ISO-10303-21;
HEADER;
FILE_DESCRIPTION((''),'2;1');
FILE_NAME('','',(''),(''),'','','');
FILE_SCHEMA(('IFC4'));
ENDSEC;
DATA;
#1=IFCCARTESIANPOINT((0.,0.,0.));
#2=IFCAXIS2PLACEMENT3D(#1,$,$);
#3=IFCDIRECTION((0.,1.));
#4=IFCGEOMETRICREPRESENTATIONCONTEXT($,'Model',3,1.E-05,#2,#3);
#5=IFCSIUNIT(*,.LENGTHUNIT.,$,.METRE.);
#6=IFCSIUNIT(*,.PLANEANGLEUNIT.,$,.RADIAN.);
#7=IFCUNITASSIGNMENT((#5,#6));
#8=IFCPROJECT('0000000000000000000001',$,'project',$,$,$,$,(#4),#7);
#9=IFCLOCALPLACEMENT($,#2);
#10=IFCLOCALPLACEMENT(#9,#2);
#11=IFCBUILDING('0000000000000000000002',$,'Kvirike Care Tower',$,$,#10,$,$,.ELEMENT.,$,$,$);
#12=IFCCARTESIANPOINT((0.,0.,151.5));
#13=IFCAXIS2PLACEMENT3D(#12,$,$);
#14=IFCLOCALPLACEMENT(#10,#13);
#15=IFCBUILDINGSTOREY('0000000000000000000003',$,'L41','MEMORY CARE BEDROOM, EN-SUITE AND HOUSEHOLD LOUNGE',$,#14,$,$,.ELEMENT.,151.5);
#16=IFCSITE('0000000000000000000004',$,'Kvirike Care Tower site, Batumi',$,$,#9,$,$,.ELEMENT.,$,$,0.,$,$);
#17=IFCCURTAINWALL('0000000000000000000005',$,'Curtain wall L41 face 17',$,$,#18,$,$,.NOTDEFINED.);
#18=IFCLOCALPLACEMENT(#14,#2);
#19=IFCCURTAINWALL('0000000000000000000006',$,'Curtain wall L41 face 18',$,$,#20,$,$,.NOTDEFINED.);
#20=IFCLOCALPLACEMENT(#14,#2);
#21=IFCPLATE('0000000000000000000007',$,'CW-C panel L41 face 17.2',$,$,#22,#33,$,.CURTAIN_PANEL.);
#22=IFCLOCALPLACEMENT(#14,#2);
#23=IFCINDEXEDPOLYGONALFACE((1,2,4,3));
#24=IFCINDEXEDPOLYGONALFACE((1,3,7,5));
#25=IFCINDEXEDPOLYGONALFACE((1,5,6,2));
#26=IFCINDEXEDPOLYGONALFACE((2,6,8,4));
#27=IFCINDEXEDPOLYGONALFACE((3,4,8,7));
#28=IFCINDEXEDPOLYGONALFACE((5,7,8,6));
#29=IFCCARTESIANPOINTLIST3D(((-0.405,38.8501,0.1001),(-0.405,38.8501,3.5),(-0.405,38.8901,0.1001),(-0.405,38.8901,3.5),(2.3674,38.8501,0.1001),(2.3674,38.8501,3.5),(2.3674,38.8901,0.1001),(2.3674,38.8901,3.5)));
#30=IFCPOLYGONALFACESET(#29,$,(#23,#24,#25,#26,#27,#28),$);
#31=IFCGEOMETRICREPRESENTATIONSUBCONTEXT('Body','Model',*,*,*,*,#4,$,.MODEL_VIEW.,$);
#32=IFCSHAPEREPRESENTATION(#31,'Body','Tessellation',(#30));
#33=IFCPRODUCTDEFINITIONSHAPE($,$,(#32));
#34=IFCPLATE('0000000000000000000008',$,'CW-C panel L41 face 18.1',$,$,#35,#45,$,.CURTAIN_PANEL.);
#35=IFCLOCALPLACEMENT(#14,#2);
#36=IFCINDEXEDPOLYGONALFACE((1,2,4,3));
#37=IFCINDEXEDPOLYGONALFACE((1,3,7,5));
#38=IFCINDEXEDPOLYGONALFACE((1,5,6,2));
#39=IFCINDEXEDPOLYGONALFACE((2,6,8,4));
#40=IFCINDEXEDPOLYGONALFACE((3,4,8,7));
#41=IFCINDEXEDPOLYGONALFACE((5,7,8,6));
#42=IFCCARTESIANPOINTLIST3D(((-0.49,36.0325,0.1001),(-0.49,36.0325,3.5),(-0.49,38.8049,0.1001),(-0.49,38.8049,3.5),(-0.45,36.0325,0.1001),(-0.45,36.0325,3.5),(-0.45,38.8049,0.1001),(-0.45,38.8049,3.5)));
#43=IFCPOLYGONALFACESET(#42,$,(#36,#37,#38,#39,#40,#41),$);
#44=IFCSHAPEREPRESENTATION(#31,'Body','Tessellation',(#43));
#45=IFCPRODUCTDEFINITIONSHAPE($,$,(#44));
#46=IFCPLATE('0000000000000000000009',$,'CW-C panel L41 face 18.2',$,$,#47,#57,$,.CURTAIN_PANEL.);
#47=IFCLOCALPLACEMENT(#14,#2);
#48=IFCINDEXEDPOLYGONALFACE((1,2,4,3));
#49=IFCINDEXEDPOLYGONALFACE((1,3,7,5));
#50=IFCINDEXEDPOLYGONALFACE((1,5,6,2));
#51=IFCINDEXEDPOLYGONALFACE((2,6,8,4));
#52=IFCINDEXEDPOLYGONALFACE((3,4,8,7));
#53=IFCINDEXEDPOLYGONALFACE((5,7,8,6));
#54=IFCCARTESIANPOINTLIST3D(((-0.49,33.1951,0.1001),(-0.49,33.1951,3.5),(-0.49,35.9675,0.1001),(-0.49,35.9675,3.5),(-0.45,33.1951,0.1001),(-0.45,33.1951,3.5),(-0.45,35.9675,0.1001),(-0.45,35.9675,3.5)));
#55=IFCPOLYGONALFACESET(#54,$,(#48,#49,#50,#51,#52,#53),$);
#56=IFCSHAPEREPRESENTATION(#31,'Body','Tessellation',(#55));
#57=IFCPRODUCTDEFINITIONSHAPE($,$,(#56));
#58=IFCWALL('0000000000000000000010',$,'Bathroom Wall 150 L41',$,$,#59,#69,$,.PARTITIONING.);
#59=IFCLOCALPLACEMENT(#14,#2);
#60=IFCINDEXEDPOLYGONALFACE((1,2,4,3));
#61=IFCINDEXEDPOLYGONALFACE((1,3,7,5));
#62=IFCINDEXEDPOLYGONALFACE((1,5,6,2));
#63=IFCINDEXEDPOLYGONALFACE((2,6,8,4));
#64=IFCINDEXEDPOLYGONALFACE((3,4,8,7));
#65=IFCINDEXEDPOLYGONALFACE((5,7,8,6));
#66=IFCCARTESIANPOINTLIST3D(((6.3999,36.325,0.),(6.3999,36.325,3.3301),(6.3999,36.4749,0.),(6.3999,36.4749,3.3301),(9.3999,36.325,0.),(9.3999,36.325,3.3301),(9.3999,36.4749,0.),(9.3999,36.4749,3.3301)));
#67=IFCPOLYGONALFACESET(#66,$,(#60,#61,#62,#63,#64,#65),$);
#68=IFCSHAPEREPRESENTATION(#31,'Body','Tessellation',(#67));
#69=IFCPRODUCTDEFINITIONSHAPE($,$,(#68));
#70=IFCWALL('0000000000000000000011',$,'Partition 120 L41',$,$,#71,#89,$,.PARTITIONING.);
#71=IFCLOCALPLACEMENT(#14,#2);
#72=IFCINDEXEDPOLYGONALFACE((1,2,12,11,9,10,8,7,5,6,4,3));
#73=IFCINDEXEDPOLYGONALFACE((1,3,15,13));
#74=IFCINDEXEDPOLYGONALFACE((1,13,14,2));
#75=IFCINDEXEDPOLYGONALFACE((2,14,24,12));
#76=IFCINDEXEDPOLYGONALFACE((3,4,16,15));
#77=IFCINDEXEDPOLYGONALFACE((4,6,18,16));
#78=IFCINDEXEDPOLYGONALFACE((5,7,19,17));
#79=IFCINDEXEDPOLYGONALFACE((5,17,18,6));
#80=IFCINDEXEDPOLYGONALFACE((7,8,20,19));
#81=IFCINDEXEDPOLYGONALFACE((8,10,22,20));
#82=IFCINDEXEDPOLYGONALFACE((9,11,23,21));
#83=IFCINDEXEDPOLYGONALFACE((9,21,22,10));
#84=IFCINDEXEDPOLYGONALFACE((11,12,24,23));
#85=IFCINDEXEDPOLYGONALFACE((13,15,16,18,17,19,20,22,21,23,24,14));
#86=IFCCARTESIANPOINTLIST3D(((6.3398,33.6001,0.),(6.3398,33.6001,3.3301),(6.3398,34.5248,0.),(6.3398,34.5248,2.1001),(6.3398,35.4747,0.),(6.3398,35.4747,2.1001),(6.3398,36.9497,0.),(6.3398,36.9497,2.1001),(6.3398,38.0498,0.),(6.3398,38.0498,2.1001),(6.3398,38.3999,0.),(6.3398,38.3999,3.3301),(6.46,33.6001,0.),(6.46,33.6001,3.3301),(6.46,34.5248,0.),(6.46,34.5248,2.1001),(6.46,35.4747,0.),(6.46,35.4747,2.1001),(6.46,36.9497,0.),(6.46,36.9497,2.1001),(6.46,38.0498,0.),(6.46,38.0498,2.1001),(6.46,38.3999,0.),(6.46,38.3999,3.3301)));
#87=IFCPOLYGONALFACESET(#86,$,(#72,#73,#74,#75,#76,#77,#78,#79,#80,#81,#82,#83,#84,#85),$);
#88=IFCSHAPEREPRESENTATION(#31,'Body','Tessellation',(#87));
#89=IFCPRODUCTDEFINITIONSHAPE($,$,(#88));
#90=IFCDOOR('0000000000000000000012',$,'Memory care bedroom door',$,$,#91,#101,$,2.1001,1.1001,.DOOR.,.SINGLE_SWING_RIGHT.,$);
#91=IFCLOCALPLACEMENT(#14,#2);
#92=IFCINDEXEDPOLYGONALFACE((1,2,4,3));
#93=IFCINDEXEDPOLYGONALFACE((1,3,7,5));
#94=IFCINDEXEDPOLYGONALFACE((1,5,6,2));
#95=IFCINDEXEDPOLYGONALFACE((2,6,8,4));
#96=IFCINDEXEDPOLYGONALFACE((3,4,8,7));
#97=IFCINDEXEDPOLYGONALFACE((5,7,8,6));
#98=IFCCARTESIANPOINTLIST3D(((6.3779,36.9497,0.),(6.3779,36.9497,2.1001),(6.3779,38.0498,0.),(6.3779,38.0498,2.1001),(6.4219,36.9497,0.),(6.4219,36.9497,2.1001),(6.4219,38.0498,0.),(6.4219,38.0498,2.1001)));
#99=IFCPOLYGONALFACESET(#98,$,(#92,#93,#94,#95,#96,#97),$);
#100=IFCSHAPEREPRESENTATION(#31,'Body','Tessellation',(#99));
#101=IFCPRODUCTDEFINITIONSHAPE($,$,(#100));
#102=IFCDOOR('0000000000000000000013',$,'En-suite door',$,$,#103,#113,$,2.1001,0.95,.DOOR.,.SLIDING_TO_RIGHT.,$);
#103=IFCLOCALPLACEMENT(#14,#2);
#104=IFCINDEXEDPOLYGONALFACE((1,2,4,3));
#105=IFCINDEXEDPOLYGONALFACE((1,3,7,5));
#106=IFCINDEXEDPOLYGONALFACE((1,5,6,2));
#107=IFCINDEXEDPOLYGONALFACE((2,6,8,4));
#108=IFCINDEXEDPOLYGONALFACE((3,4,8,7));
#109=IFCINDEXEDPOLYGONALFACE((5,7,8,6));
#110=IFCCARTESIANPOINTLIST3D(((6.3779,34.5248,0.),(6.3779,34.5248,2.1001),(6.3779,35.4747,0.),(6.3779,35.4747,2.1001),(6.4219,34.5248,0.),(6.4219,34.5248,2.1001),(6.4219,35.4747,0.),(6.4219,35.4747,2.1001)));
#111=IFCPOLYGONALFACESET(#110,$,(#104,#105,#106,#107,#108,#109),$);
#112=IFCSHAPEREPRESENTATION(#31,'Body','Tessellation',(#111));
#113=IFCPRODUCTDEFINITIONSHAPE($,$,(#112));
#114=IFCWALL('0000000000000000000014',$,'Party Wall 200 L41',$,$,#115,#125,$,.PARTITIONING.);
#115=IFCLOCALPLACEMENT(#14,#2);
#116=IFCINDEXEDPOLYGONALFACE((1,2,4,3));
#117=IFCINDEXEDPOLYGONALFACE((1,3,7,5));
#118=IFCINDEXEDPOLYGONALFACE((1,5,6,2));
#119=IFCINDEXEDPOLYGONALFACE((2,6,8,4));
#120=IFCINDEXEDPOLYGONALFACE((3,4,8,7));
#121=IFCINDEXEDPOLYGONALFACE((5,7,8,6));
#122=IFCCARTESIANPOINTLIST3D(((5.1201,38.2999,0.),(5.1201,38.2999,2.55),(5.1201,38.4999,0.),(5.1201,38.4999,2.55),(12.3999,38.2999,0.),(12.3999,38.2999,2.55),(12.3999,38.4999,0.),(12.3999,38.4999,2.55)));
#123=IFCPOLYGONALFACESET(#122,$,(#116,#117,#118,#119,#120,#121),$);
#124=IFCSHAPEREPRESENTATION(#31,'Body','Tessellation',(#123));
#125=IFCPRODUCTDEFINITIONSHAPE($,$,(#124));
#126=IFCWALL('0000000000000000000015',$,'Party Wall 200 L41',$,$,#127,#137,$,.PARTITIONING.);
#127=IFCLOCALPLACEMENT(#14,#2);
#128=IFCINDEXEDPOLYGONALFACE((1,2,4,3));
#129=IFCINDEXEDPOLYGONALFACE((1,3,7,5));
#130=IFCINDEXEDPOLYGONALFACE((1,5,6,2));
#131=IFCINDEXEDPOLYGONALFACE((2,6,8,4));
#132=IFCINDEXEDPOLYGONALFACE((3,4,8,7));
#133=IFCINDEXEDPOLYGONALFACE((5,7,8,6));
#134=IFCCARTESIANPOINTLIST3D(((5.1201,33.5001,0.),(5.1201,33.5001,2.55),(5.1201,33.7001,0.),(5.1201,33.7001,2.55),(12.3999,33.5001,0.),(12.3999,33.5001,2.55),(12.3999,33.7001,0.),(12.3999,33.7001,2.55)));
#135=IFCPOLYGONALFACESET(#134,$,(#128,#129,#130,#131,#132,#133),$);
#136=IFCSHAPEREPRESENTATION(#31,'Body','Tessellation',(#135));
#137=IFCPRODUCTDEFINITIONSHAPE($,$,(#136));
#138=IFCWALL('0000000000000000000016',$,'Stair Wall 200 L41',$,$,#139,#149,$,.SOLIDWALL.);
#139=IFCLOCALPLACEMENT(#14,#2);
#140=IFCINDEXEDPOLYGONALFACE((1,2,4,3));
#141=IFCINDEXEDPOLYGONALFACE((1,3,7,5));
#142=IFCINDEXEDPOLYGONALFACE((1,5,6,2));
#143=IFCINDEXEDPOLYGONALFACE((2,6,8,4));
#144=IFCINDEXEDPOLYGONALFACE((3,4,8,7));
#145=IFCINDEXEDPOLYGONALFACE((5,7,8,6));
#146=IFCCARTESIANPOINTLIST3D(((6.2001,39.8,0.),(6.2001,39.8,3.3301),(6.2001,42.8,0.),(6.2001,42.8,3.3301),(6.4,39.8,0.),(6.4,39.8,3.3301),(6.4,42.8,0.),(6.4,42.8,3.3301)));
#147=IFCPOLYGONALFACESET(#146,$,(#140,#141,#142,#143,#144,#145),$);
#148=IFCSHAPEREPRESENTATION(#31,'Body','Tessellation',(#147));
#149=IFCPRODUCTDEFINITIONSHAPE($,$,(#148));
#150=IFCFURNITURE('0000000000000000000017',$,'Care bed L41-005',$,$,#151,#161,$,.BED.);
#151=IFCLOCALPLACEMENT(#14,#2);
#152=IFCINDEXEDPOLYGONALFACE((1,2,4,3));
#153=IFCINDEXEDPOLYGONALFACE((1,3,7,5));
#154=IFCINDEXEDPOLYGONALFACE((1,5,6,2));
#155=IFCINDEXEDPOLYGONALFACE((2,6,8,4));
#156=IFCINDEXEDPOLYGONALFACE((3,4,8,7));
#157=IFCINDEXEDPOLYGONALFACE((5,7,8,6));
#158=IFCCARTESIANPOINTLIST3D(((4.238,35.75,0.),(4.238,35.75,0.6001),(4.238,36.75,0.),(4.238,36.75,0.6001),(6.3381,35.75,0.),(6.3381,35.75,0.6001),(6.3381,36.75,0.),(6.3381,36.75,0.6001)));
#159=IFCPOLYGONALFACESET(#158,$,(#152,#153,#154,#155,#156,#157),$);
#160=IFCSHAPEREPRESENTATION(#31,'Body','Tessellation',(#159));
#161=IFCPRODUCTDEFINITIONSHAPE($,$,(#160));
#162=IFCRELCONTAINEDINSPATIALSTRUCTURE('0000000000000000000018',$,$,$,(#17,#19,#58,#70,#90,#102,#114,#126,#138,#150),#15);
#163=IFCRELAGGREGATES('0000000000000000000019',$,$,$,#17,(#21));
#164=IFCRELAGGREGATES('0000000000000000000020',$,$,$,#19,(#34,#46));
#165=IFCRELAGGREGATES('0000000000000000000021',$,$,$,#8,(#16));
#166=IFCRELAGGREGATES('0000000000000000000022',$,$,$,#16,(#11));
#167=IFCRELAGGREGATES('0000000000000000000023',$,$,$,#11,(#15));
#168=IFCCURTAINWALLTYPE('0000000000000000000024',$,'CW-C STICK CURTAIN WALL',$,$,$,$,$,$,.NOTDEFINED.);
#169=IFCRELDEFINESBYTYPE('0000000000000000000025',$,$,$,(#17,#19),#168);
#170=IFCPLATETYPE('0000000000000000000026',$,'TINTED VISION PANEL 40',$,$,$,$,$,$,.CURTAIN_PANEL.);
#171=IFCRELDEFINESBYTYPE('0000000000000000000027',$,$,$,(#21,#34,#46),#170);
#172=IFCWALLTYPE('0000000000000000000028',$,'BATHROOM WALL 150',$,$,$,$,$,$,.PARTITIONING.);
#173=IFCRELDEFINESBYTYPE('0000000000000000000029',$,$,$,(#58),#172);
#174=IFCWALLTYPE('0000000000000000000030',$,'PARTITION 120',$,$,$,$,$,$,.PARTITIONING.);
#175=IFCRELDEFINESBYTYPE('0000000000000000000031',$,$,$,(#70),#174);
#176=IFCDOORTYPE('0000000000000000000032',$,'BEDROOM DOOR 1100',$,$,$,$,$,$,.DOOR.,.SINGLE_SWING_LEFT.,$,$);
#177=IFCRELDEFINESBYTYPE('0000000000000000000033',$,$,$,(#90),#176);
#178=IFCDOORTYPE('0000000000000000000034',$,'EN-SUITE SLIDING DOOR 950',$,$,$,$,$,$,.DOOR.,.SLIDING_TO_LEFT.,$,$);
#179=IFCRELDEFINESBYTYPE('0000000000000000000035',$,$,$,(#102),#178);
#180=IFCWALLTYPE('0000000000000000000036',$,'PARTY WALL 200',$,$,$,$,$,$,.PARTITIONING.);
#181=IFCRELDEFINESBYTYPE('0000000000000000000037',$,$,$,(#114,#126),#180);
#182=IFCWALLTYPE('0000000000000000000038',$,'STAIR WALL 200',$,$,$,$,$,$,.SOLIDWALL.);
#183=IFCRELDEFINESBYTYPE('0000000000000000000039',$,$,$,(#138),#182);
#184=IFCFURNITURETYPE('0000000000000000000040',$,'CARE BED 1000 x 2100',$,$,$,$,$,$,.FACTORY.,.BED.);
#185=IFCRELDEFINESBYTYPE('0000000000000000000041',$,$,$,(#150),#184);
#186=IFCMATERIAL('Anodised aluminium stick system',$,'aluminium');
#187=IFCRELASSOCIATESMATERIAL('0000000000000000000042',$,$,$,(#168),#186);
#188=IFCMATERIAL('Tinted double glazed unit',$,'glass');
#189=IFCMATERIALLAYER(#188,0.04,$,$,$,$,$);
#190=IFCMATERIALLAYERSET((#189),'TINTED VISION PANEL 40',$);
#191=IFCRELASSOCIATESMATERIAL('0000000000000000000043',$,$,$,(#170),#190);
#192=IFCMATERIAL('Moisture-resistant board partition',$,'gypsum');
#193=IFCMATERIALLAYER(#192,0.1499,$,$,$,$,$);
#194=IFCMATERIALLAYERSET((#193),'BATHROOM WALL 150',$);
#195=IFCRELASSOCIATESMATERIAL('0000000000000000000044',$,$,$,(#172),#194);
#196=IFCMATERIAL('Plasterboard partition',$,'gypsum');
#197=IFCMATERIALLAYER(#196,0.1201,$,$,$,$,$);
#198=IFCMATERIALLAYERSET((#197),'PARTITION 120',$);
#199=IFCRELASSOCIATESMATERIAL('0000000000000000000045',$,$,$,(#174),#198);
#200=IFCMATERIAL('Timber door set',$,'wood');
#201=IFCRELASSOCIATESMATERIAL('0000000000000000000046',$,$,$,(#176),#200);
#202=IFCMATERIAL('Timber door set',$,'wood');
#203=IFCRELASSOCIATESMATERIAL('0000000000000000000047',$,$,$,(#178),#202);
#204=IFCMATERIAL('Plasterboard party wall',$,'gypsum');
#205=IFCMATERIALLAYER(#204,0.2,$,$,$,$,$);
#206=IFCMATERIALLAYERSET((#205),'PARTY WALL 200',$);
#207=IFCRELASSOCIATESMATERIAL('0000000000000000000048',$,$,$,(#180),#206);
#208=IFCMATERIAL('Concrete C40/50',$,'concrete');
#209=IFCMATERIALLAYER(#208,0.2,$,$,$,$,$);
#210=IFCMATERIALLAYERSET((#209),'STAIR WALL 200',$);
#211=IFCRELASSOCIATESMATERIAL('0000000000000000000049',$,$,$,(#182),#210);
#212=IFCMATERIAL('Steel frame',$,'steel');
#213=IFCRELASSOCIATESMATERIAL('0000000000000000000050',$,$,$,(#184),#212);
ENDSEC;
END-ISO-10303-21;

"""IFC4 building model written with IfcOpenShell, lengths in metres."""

from ifc_helpers import new_model, si_unit, direction, frame, frame_2d, origin, origin_2d, place, context, subcontext, project, spatial, rectangle, extrude, material, layer, layer_set, type_object, element, fill, aggregate, save


model = new_model("IFC4")

# Units and contexts
model_context = context("Model", 3, precision=1e-05, world=origin(), true_north=direction((0.0, 1.0)))
body_context = subcontext(model_context, "Body", "Model", "MODEL_VIEW")
ifc_project = project(units=[si_unit("LENGTHUNIT", "METRE"), si_unit("PLANEANGLEUNIT", "RADIAN")], contexts=[model_context])

# Site, building, storey
site_placement = place(None, origin())
site = spatial("IfcSite", under=ifc_project, at=site_placement, Name="Kvirike Care Tower site, Batumi", CompositionType="ELEMENT", RefElevation=0.0)
building_placement = place(site_placement, origin())
building = spatial("IfcBuilding", under=site, at=building_placement, Name="Kvirike Care Tower", CompositionType="ELEMENT")
storey_placement = place(building_placement, frame((0.0, 0.0, 151.5)))
storey = spatial("IfcBuildingStorey", under=building, at=storey_placement, Name="L41", Description="MEMORY CARE BEDROOM, EN-SUITE AND HOUSEHOLD LOUNGE", CompositionType="ELEMENT", Elevation=151.5)

# Curtain wall
ifc_material_1 = material(Name="Anodised aluminium stick system", Category="aluminium")
curtain_wall_type = type_object("IfcCurtainWallType", Name="CW-C STICK CURTAIN WALL", PredefinedType="NOTDEFINED", material=ifc_material_1)
curtain_wall_1_placement = place(storey_placement, origin())
curtain_wall_1 = element("IfcCurtainWall", 1, at=curtain_wall_1_placement, inside=storey, type_object=curtain_wall_type, Name="Curtain wall L41 face 17", PredefinedType="NOTDEFINED")

# Curtain wall
curtain_wall_2_placement = place(storey_placement, origin())
curtain_wall_2 = element("IfcCurtainWall", 2, at=curtain_wall_2_placement, inside=storey, type_object=curtain_wall_type, Name="Curtain wall L41 face 18", PredefinedType="NOTDEFINED")

# Plates
ifc_material_2 = material(Name="Tinted double glazed unit", Category="glass")
ifc_layer_1 = layer(ifc_material_2, 0.04)
ifc_layer_set_1 = layer_set([ifc_layer_1], Name="TINTED VISION PANEL 40")
plate_type = type_object("IfcPlateType", Name="TINTED VISION PANEL 40", PredefinedType="CURTAIN_PANEL", material=ifc_layer_set_1)
plate_1_placement = place(storey_placement, frame((0.9812, 38.8701, 0.1001), z_axis=(0.0, 0.0, 1.0), x_axis=(-1.0, 0.0, 0.0)))
plate_1 = element("IfcPlate", 3, at=plate_1_placement, type_object=plate_type, Name="CW-C panel L41 face 17.2", PredefinedType="CURTAIN_PANEL", context=body_context, shape_type="SweptSolid", body=[
    extrude(rectangle(XDim=2.7725, YDim=0.04, at=origin_2d()), origin(), (0.0, 0.0, 1.0), 3.3999),
])
aggregate(curtain_wall_1, [plate_1])
plate_2_placement = place(storey_placement, frame((-0.47, 37.4187, 0.1001), z_axis=(0.0, 0.0, 1.0), x_axis=(0.0, -1.0, 0.0)))
plate_2 = element("IfcPlate", 4, at=plate_2_placement, type_object=plate_type, Name="CW-C panel L41 face 18.1", PredefinedType="CURTAIN_PANEL", context=body_context, shape_type="SweptSolid", body=[
    extrude(rectangle(XDim=2.7725, YDim=0.04, at=origin_2d()), origin(), (0.0, 0.0, 1.0), 3.3999),
])
plate_3_placement = place(storey_placement, frame((-0.47, 34.5813, 0.1001), z_axis=(0.0, 0.0, 1.0), x_axis=(0.0, -1.0, 0.0)))
plate_3 = element("IfcPlate", 5, at=plate_3_placement, type_object=plate_type, Name="CW-C panel L41 face 18.2", PredefinedType="CURTAIN_PANEL", context=body_context, shape_type="SweptSolid", body=[
    extrude(rectangle(XDim=2.7725, YDim=0.04, at=origin_2d()), origin(), (0.0, 0.0, 1.0), 3.3999),
])
aggregate(curtain_wall_2, [plate_2, plate_3])

# Wall
ifc_material_3 = material(Name="Moisture-resistant board partition", Category="gypsum")
ifc_layer_2 = layer(ifc_material_3, 0.1499)
ifc_layer_set_2 = layer_set([ifc_layer_2], Name="BATHROOM WALL 150")
wall_type_1 = type_object("IfcWallType", Name="BATHROOM WALL 150", PredefinedType="PARTITIONING", material=ifc_layer_set_2)
wall_1_placement = place(storey_placement, frame((6.3999, 36.3999, 0.0), z_axis=(0.0, 0.0, 1.0), x_axis=(1.0, 0.0, 0.0)))
element("IfcWall", 6, at=wall_1_placement, inside=storey, type_object=wall_type_1, Name="Bathroom Wall 150 L41", PredefinedType="PARTITIONING", context=body_context, shape_type="SweptSolid", body=[
    extrude(rectangle(XDim=3.0, YDim=0.1499, at=frame_2d((1.5, 0.0))), origin(), (0.0, 0.0, 1.0), 3.3301),
])

# Wall, openings, doors
ifc_material_4 = material(Name="Plasterboard partition", Category="gypsum")
ifc_layer_3 = layer(ifc_material_4, 0.1201)
ifc_layer_set_3 = layer_set([ifc_layer_3], Name="PARTITION 120")
wall_type_2 = type_object("IfcWallType", Name="PARTITION 120", PredefinedType="PARTITIONING", material=ifc_layer_set_3)
wall_2_placement = place(storey_placement, frame((6.3999, 38.3999, 0.0), z_axis=(0.0, 0.0, 1.0), x_axis=(0.0, -1.0, 0.0)))
wall_2 = element("IfcWall", 7, at=wall_2_placement, inside=storey, type_object=wall_type_2, Name="Partition 120 L41", PredefinedType="PARTITIONING", context=body_context, shape_type="SweptSolid", body=[
    extrude(rectangle(XDim=4.7998, YDim=0.1201, at=frame_2d((2.3999, 0.0))), origin(), (0.0, 0.0, 1.0), 3.3301),
])
opening_1_placement = place(wall_2_placement, frame((0.3501, 0.0, 0.0)))
opening_1 = element("IfcOpeningElement", 8, at=opening_1_placement, cuts=wall_2, PredefinedType="OPENING", context=body_context, shape_type="SweptSolid", body=[
    extrude(rectangle(XDim=1.1001, YDim=2.1001, at=frame_2d((0.55, 1.05))), frame((0.0, 0.0706, 0.0), z_axis=(0.0, -1.0, 0.0), x_axis=(1.0, 0.0, 0.0)), (0.0, 0.0, 1.0), 0.1411),
])
opening_2_placement = place(wall_2_placement, frame((2.925, 0.0, 0.0)))
opening_2 = element("IfcOpeningElement", 9, at=opening_2_placement, cuts=wall_2, PredefinedType="OPENING", context=body_context, shape_type="SweptSolid", body=[
    extrude(rectangle(XDim=0.95, YDim=2.1001, at=frame_2d((0.4751, 1.05))), frame((0.0, 0.0706, 0.0), z_axis=(0.0, -1.0, 0.0), x_axis=(1.0, 0.0, 0.0)), (0.0, 0.0, 1.0), 0.1411),
])
ifc_material_5 = material(Name="Timber door set", Category="wood")
door_type_1 = type_object("IfcDoorType", Name="BEDROOM DOOR 1100", OperationType="SINGLE_SWING_LEFT", PredefinedType="DOOR", material=ifc_material_5)
door_1_placement = place(opening_1_placement, origin())
door_1 = element("IfcDoor", 10, at=door_1_placement, inside=storey, type_object=door_type_1, Name="Memory care bedroom door", OperationType="SINGLE_SWING_RIGHT", OverallHeight=2.1001, OverallWidth=1.1001, PredefinedType="DOOR", context=body_context, shape_type="SweptSolid", body=[
    extrude(rectangle(XDim=1.1001, YDim=2.1001, at=frame_2d((0.55, 1.05))), frame((0.0, 0.022, 0.0), z_axis=(0.0, -1.0, 0.0), x_axis=(1.0, 0.0, 0.0)), (0.0, 0.0, 1.0), 0.0439),
])
fill(opening_1, door_1)
ifc_material_6 = material(Name="Timber door set", Category="wood")
door_type_2 = type_object("IfcDoorType", Name="EN-SUITE SLIDING DOOR 950", OperationType="SLIDING_TO_LEFT", PredefinedType="DOOR", material=ifc_material_6)
door_2_placement = place(opening_2_placement, origin())
door_2 = element("IfcDoor", 11, at=door_2_placement, inside=storey, type_object=door_type_2, Name="En-suite door", OperationType="SLIDING_TO_RIGHT", OverallHeight=2.1001, OverallWidth=0.95, PredefinedType="DOOR", context=body_context, shape_type="SweptSolid", body=[
    extrude(rectangle(XDim=0.95, YDim=2.1001, at=frame_2d((0.4751, 1.05))), frame((0.0, 0.022, 0.0), z_axis=(0.0, -1.0, 0.0), x_axis=(1.0, 0.0, 0.0)), (0.0, 0.0, 1.0), 0.0439),
])
fill(opening_2, door_2)

# Walls
ifc_material_7 = material(Name="Plasterboard party wall", Category="gypsum")
ifc_layer_4 = layer(ifc_material_7, 0.2)
ifc_layer_set_4 = layer_set([ifc_layer_4], Name="PARTY WALL 200")
wall_type_3 = type_object("IfcWallType", Name="PARTY WALL 200", PredefinedType="PARTITIONING", material=ifc_layer_set_4)
for number, where, z_axis, x_axis, name in (
    (12, (5.1201, 38.3999, 0.0), (0.0, 0.0, 1.0), (1.0, 0.0, 0.0), "Party Wall 200 L41"),
    (13, (5.1201, 33.6001, 0.0), (0.0, 0.0, 1.0), (1.0, 0.0, 0.0), "Party Wall 200 L41"),
):
    element("IfcWall", number, at=place(storey_placement, frame(where, z_axis=z_axis, x_axis=x_axis)), inside=storey, type_object=wall_type_3, Name=name, PredefinedType="PARTITIONING", context=body_context, shape_type="SweptSolid", body=[
        extrude(rectangle(XDim=7.2798, YDim=0.2, at=frame_2d((3.6399, 0.0))), origin(), (0.0, 0.0, 1.0), 2.55),
    ])
ifc_material_8 = material(Name="Concrete C40/50", Category="concrete")
ifc_layer_5 = layer(ifc_material_8, 0.2)
ifc_layer_set_5 = layer_set([ifc_layer_5], Name="STAIR WALL 200")
wall_type_4 = type_object("IfcWallType", Name="STAIR WALL 200", PredefinedType="SOLIDWALL", material=ifc_layer_set_5)
wall_3_placement = place(storey_placement, frame((6.3, 42.8, 0.0), z_axis=(0.0, 0.0, 1.0), x_axis=(0.0, -1.0, 0.0)))
element("IfcWall", 14, at=wall_3_placement, inside=storey, type_object=wall_type_4, Name="Stair Wall 200 L41", PredefinedType="SOLIDWALL", context=body_context, shape_type="SweptSolid", body=[
    extrude(rectangle(XDim=3.0, YDim=0.2, at=frame_2d((1.5, 0.0))), origin(), (0.0, 0.0, 1.0), 3.3301),
])

# Furniture
ifc_material_9 = material(Name="Steel frame", Category="steel")
furniture_type = type_object("IfcFurnitureType", Name="CARE BED 1000 x 2100", AssemblyPlace="FACTORY", PredefinedType="BED", material=ifc_material_9)
furniture_placement = place(storey_placement, frame((5.2881, 36.25, 0.0), z_axis=(0.0, 0.0, 1.0), x_axis=(0.0, -1.0, 0.0)))
element("IfcFurniture", 15, at=furniture_placement, inside=storey, type_object=furniture_type, Name="Care bed L41-005", PredefinedType="BED", context=body_context, shape_type="SweptSolid", body=[
    extrude(rectangle(XDim=1.0, YDim=2.1001, at=origin_2d()), origin(), (0.0, 0.0, 1.0), 0.6001),
])

save(model, "model.ifc")
